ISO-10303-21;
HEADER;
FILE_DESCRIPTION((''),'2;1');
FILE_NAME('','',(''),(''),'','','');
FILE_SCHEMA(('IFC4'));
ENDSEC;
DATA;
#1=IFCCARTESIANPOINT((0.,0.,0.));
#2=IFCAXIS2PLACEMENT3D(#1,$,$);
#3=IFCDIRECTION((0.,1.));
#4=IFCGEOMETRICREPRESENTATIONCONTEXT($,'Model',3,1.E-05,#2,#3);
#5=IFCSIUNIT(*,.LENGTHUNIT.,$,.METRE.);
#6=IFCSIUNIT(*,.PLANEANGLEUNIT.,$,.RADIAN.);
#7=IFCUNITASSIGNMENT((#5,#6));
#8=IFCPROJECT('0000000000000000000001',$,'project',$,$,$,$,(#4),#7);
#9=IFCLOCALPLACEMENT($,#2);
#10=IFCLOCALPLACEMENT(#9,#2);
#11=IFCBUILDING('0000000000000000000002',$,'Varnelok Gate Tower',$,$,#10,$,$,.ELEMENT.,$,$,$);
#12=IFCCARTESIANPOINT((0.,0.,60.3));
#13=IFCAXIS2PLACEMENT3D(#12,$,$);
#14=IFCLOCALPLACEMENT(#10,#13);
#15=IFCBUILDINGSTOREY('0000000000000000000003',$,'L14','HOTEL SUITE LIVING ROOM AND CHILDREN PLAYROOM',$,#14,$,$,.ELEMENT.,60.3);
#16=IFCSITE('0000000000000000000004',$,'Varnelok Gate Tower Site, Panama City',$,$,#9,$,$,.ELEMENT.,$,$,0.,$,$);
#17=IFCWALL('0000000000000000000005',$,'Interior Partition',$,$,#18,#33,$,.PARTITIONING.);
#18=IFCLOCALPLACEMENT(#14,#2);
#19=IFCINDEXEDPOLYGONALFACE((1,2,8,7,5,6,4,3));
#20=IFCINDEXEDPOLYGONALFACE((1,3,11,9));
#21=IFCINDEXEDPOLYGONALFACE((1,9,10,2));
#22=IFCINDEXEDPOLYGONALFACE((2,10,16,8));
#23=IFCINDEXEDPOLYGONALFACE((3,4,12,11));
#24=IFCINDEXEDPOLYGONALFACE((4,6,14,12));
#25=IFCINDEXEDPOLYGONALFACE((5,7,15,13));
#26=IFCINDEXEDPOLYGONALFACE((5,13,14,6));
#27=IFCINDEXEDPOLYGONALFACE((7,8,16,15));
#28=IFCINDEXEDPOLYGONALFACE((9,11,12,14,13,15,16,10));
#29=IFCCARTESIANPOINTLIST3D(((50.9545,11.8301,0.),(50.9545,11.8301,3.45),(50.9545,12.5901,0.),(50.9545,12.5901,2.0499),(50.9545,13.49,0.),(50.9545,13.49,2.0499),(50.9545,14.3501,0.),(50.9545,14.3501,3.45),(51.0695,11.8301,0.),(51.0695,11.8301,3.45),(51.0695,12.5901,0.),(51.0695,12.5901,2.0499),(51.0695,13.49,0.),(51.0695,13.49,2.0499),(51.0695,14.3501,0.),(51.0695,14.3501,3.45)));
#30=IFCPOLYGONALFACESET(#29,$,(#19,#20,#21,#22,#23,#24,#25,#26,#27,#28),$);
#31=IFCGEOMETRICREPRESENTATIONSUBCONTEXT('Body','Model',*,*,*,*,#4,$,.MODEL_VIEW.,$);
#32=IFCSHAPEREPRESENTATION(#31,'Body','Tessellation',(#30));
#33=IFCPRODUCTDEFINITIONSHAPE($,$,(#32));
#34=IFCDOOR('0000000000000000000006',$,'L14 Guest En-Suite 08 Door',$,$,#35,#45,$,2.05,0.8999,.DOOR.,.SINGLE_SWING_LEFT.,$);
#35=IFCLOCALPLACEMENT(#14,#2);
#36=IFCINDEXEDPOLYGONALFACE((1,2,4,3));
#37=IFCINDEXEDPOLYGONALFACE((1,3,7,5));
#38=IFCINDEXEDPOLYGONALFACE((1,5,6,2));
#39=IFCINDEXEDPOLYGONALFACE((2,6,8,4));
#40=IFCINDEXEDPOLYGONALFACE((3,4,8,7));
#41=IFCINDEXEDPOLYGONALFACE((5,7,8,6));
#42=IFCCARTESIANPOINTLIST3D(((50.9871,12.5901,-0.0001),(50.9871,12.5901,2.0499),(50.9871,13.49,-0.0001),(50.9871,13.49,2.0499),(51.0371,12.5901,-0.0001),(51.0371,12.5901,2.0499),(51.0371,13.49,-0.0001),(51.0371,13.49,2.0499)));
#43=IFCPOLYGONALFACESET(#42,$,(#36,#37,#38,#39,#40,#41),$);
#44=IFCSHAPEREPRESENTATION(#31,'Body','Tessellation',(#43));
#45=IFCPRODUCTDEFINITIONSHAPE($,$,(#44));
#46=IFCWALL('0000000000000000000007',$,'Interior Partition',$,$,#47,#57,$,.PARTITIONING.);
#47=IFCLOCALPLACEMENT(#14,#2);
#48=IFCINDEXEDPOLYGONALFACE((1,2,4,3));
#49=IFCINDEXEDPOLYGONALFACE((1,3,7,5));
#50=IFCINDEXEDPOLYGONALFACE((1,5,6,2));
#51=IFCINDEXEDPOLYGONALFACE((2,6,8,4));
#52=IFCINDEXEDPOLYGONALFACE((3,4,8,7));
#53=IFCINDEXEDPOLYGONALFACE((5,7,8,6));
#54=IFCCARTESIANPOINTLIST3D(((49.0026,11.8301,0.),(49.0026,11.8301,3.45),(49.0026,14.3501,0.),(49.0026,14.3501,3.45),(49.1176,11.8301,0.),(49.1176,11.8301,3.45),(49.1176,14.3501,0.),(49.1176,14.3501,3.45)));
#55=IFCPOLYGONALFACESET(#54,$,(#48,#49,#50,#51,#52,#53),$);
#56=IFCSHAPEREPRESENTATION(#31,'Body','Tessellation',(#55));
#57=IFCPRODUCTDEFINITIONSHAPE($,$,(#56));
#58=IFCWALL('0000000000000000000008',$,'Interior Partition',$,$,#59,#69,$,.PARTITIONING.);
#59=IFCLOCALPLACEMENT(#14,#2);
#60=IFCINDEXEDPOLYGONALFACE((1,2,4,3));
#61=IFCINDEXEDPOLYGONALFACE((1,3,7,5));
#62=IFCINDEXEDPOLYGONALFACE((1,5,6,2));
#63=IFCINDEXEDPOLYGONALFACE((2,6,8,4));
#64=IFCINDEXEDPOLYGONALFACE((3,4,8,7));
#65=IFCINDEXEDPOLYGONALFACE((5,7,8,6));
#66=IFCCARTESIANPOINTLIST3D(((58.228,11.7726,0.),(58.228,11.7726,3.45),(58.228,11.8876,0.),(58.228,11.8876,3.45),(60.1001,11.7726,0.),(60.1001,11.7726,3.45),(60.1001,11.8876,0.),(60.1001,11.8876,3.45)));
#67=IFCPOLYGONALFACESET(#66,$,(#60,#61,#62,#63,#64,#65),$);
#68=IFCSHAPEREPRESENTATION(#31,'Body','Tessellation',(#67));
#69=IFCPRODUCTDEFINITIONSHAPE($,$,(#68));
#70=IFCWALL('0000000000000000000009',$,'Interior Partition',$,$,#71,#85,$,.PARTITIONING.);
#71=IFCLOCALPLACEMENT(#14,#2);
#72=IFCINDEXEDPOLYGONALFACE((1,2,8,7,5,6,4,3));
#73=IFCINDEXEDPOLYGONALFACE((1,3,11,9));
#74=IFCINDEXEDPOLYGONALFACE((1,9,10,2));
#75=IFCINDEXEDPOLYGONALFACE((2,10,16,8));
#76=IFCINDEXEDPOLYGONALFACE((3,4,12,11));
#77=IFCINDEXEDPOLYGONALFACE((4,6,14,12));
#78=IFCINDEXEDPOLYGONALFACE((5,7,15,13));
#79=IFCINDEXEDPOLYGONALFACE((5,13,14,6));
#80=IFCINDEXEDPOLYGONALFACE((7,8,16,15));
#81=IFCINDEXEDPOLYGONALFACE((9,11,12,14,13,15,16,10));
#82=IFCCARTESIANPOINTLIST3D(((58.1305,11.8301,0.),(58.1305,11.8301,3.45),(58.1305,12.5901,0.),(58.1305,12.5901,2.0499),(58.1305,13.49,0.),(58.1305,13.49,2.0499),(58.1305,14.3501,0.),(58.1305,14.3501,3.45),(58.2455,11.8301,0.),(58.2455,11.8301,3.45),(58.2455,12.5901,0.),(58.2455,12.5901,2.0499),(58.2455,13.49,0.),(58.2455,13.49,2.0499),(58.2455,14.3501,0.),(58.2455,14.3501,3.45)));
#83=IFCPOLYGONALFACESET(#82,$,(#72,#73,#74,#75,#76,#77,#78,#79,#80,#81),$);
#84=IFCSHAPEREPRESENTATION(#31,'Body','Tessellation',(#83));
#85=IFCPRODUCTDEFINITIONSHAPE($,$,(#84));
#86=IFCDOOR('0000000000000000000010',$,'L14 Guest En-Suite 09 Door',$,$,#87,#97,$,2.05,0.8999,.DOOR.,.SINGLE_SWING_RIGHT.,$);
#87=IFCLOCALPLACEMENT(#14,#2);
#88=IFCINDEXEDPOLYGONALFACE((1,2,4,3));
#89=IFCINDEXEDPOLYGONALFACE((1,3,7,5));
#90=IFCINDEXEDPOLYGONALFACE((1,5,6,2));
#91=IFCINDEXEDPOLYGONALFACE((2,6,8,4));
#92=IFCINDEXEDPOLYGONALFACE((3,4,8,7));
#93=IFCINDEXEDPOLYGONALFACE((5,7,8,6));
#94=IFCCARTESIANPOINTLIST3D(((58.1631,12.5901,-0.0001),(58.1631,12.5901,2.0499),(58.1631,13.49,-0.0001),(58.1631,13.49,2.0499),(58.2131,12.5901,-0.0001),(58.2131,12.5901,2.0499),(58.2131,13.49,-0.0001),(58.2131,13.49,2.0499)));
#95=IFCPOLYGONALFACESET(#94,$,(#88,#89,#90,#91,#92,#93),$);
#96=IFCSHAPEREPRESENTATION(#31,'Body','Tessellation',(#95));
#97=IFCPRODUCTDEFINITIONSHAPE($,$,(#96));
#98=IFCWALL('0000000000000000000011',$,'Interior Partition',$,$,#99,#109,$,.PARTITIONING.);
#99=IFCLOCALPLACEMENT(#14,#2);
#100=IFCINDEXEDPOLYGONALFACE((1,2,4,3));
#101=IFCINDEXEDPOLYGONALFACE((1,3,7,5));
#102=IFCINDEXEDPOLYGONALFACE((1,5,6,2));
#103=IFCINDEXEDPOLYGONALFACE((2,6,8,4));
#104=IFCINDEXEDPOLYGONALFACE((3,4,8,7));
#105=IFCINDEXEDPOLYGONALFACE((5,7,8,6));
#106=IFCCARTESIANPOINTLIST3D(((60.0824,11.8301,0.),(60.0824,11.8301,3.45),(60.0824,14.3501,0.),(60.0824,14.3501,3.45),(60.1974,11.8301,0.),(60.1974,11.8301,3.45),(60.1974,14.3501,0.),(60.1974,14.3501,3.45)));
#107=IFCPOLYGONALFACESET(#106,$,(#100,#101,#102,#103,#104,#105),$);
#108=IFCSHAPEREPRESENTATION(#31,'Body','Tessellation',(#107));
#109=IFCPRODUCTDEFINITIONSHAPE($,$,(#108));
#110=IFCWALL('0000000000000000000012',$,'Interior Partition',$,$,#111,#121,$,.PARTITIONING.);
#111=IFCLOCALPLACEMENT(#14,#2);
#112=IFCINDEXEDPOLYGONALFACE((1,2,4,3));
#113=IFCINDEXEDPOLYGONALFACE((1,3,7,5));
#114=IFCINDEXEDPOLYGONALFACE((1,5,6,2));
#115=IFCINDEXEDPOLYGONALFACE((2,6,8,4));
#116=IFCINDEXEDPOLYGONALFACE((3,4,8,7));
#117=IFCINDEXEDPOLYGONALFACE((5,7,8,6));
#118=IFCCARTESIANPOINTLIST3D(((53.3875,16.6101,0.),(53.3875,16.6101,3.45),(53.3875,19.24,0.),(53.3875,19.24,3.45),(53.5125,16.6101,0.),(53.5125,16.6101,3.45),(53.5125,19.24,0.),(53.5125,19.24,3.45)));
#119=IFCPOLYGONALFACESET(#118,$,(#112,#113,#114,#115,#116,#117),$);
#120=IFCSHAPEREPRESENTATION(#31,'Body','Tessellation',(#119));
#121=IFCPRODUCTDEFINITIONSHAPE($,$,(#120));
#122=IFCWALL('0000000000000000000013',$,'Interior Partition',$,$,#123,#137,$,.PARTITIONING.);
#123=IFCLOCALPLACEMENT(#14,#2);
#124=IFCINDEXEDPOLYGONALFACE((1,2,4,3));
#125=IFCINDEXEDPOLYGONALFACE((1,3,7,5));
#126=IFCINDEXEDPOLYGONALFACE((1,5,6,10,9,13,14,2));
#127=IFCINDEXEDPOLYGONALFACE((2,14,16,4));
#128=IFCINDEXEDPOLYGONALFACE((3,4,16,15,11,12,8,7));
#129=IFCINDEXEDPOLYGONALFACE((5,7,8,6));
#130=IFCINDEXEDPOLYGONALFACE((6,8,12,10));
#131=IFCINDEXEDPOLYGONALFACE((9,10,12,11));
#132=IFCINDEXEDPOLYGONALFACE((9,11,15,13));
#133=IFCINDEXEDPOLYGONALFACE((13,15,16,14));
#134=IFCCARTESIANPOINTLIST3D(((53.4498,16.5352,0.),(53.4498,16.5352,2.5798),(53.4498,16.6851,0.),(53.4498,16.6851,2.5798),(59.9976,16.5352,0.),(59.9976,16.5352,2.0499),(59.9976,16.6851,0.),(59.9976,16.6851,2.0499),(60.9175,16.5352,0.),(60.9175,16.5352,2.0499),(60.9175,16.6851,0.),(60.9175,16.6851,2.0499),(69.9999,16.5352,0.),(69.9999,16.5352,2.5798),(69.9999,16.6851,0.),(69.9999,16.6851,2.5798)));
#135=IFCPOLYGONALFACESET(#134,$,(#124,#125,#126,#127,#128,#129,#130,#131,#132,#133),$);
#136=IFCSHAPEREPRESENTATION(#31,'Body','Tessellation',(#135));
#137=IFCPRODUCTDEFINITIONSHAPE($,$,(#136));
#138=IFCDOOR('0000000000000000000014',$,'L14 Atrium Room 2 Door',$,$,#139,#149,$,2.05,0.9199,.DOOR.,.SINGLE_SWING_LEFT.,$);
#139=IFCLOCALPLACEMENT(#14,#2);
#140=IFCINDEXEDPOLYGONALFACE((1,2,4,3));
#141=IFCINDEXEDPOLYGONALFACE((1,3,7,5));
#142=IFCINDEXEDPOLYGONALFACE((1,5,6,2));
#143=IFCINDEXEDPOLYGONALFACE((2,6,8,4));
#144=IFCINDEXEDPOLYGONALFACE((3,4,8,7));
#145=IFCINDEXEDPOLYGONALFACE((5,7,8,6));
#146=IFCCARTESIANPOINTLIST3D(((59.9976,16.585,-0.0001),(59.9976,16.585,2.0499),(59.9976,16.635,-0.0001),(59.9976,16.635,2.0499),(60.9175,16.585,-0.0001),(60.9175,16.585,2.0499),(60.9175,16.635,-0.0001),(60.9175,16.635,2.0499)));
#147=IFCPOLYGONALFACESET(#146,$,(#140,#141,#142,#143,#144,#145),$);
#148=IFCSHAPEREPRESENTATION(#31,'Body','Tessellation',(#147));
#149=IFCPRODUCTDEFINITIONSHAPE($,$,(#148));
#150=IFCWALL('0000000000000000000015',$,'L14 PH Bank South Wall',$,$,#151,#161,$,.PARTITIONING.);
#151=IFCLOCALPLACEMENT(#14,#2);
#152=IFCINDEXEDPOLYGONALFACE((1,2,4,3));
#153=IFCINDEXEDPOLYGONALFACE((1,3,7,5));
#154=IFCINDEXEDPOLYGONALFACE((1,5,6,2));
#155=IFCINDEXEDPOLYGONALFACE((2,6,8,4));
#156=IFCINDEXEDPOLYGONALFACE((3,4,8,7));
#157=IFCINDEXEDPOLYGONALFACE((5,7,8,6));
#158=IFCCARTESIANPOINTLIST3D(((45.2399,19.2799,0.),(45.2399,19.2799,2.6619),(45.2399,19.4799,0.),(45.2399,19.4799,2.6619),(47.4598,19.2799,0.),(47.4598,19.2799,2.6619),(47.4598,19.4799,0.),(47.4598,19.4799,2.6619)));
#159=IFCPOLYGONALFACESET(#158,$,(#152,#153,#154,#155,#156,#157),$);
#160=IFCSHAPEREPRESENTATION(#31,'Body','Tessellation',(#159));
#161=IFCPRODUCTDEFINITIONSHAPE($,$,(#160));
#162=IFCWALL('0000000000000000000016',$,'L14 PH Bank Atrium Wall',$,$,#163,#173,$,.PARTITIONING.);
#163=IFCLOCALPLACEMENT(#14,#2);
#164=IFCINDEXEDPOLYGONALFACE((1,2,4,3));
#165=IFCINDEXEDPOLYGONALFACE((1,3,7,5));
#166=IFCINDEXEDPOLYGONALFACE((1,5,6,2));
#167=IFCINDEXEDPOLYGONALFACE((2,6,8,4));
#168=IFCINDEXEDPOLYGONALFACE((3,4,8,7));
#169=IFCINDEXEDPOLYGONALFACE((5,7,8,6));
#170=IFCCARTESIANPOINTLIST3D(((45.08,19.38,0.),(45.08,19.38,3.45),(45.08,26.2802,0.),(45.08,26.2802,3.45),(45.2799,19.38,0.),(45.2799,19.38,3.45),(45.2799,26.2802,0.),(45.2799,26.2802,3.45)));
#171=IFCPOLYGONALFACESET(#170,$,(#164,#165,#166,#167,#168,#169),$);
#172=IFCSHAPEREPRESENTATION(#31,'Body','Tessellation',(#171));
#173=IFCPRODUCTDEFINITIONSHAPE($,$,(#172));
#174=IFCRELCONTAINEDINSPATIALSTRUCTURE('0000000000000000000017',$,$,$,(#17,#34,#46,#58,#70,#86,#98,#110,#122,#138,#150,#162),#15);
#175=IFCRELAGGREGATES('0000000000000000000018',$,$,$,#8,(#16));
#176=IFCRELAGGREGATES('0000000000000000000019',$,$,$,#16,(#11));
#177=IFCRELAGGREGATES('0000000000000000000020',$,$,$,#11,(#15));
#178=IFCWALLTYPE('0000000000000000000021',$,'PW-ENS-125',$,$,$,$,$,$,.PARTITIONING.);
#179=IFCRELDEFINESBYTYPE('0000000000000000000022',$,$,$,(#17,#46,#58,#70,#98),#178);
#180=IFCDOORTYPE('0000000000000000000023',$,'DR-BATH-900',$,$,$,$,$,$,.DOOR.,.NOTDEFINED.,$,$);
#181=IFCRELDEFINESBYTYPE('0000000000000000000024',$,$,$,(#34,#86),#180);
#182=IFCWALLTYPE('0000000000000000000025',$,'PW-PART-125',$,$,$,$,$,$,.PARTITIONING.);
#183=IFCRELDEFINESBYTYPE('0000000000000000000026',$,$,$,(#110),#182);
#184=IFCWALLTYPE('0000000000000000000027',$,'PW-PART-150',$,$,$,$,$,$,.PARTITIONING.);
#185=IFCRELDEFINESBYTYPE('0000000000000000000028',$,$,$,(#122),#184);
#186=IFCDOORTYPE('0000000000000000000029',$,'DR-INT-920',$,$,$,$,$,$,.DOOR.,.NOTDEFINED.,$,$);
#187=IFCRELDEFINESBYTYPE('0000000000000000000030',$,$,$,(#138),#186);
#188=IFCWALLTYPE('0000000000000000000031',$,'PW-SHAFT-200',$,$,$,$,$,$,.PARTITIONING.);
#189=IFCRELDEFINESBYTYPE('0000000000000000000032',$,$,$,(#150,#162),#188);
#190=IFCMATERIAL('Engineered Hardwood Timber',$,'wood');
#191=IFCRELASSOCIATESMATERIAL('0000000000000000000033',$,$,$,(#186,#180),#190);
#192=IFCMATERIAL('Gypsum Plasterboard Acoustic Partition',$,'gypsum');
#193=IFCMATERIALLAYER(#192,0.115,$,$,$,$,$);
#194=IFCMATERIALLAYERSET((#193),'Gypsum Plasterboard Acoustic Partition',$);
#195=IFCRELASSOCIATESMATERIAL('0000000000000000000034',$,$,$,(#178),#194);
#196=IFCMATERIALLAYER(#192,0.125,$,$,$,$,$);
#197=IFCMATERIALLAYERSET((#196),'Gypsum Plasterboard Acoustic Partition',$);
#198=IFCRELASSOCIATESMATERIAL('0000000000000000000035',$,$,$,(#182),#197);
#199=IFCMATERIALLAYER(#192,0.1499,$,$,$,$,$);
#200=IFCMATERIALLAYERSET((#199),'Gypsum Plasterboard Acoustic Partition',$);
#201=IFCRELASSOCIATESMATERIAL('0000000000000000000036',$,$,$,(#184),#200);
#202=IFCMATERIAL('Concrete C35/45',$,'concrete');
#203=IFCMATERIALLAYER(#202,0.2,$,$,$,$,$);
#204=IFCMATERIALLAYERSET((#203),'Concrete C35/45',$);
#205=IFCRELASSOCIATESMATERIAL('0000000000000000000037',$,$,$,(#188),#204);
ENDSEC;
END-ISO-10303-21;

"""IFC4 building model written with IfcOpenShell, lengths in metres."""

from ifc_helpers import new_model, si_unit, direction, frame, frame_2d, origin, place, context, subcontext, project, spatial, rectangle, extrude, material, layer, layer_set, type_object, element, fill, save


model = new_model("IFC4")

# Units and contexts
model_context = context("Model", 3, precision=1e-05, world=origin(), true_north=direction((0.0, 1.0)))
body_context = subcontext(model_context, "Body", "Model", "MODEL_VIEW")
ifc_project = project(units=[si_unit("LENGTHUNIT", "METRE"), si_unit("PLANEANGLEUNIT", "RADIAN")], contexts=[model_context])

# Site, building, storey
site_placement = place(None, origin())
site = spatial("IfcSite", under=ifc_project, at=site_placement, Name="Varnelok Gate Tower Site, Panama City", CompositionType="ELEMENT", RefElevation=0.0)
building_placement = place(site_placement, origin())
building = spatial("IfcBuilding", under=site, at=building_placement, Name="Varnelok Gate Tower", CompositionType="ELEMENT")
storey_placement = place(building_placement, frame((0.0, 0.0, 60.3)))
storey = spatial("IfcBuildingStorey", under=building, at=storey_placement, Name="L14", Description="HOTEL SUITE LIVING ROOM AND CHILDREN PLAYROOM", CompositionType="ELEMENT", Elevation=60.3)

# Shared definitions
ifc_material_1 = material(Name="Gypsum Plasterboard Acoustic Partition", Category="gypsum")
ifc_material_2 = material(Name="Engineered Hardwood Timber", Category="wood")
door_type_1 = type_object("IfcDoorType", Name="DR-INT-920", OperationType="NOTDEFINED", PredefinedType="DOOR", material=ifc_material_2)

# Shared definitions
ifc_layer_1 = layer(ifc_material_1, 0.115)
ifc_layer_set_1 = layer_set([ifc_layer_1], Name="Gypsum Plasterboard Acoustic Partition")
wall_type_1 = type_object("IfcWallType", Name="PW-ENS-125", PredefinedType="PARTITIONING", material=ifc_layer_set_1)

# Wall, opening, door
wall_1_placement = place(storey_placement, frame((51.012, 11.8301, 0.0), z_axis=(0.0, 0.0, 1.0), x_axis=(0.0, 1.0, 0.0)))
wall_1 = element("IfcWall", 1, at=wall_1_placement, inside=storey, type_object=wall_type_1, Name="Interior Partition", PredefinedType="PARTITIONING", context=body_context, shape_type="SweptSolid", body=[
    extrude(rectangle(XDim=2.52, YDim=0.115, at=frame_2d((1.26, 0.0))), origin(), (0.0, 0.0, 1.0), 3.45),
])
opening_1_placement = place(wall_1_placement, frame((0.76, 0.0, 0.0)))
opening_1 = element("IfcOpeningElement", 2, at=opening_1_placement, cuts=wall_1, PredefinedType="OPENING", context=body_context, shape_type="SweptSolid", body=[
    extrude(rectangle(XDim=0.8999, YDim=2.05, at=frame_2d((0.45, 1.0249))), frame((0.0, 0.0674, 0.0), z_axis=(0.0, -1.0, 0.0), x_axis=(1.0, 0.0, 0.0)), (0.0, 0.0, 1.0), 0.135),
])
door_type_2 = type_object("IfcDoorType", Name="DR-BATH-900", OperationType="NOTDEFINED", PredefinedType="DOOR", material=ifc_material_2)
door_1_placement = place(opening_1_placement, origin())
door_1 = element("IfcDoor", 3, at=door_1_placement, inside=storey, type_object=door_type_2, Name="L14 Guest En-Suite 08 Door", OperationType="SINGLE_SWING_LEFT", OverallHeight=2.05, OverallWidth=0.8999, PredefinedType="DOOR", context=body_context, shape_type="SweptSolid", body=[
    extrude(rectangle(XDim=0.8999, YDim=2.05, at=frame_2d((0.45, 1.0249))), frame((0.0, 0.0249, 0.0), z_axis=(0.0, -1.0, 0.0), x_axis=(1.0, 0.0, 0.0)), (0.0, 0.0, 1.0), 0.05),
])
fill(opening_1, door_1)

# Walls
wall_2_placement = place(storey_placement, frame((49.0601, 11.8301, 0.0), z_axis=(0.0, 0.0, 1.0), x_axis=(0.0, 1.0, 0.0)))
element("IfcWall", 4, at=wall_2_placement, inside=storey, type_object=wall_type_1, Name="Interior Partition", PredefinedType="PARTITIONING", context=body_context, shape_type="SweptSolid", body=[
    extrude(rectangle(XDim=2.52, YDim=0.115, at=frame_2d((1.26, 0.0))), origin(), (0.0, 0.0, 1.0), 3.45),
])
wall_3_placement = place(storey_placement, frame((58.228, 11.8301, 0.0), z_axis=(0.0, 0.0, 1.0), x_axis=(1.0, 0.0, 0.0)))
element("IfcWall", 5, at=wall_3_placement, inside=storey, type_object=wall_type_1, Name="Interior Partition", PredefinedType="PARTITIONING", context=body_context, shape_type="SweptSolid", body=[
    extrude(rectangle(XDim=1.8721, YDim=0.115, at=frame_2d((0.936, 0.0))), origin(), (0.0, 0.0, 1.0), 3.45),
])

# Wall, opening, door
wall_4_placement = place(storey_placement, frame((58.188, 11.8301, 0.0), z_axis=(0.0, 0.0, 1.0), x_axis=(0.0, 1.0, 0.0)))
wall_4 = element("IfcWall", 6, at=wall_4_placement, inside=storey, type_object=wall_type_1, Name="Interior Partition", PredefinedType="PARTITIONING", context=body_context, shape_type="SweptSolid", body=[
    extrude(rectangle(XDim=2.52, YDim=0.115, at=frame_2d((1.26, 0.0))), origin(), (0.0, 0.0, 1.0), 3.45),
])
opening_2_placement = place(wall_4_placement, frame((0.76, 0.0, 0.0)))
opening_2 = element("IfcOpeningElement", 7, at=opening_2_placement, cuts=wall_4, PredefinedType="OPENING", context=body_context, shape_type="SweptSolid", body=[
    extrude(rectangle(XDim=0.8999, YDim=2.05, at=frame_2d((0.45, 1.0249))), frame((0.0, 0.0674, 0.0), z_axis=(0.0, -1.0, 0.0), x_axis=(1.0, 0.0, 0.0)), (0.0, 0.0, 1.0), 0.135),
])
door_2_placement = place(opening_2_placement, origin())
door_2 = element("IfcDoor", 8, at=door_2_placement, inside=storey, type_object=door_type_2, Name="L14 Guest En-Suite 09 Door", OperationType="SINGLE_SWING_RIGHT", OverallHeight=2.05, OverallWidth=0.8999, PredefinedType="DOOR", context=body_context, shape_type="SweptSolid", body=[
    extrude(rectangle(XDim=0.8999, YDim=2.05, at=frame_2d((0.45, 1.0249))), frame((0.0, 0.0249, 0.0), z_axis=(0.0, -1.0, 0.0), x_axis=(1.0, 0.0, 0.0)), (0.0, 0.0, 1.0), 0.05),
])
fill(opening_2, door_2)

# Walls
wall_5_placement = place(storey_placement, frame((60.1399, 11.8301, 0.0), z_axis=(0.0, 0.0, 1.0), x_axis=(0.0, 1.0, 0.0)))
element("IfcWall", 9, at=wall_5_placement, inside=storey, type_object=wall_type_1, Name="Interior Partition", PredefinedType="PARTITIONING", context=body_context, shape_type="SweptSolid", body=[
    extrude(rectangle(XDim=2.52, YDim=0.115, at=frame_2d((1.26, 0.0))), origin(), (0.0, 0.0, 1.0), 3.45),
])
ifc_layer_2 = layer(ifc_material_1, 0.125)
ifc_layer_set_2 = layer_set([ifc_layer_2], Name="Gypsum Plasterboard Acoustic Partition")
wall_type_2 = type_object("IfcWallType", Name="PW-PART-125", PredefinedType="PARTITIONING", material=ifc_layer_set_2)
wall_6_placement = place(storey_placement, frame((53.45, 16.6101, 0.0), z_axis=(0.0, 0.0, 1.0), x_axis=(0.0, 1.0, 0.0)))
element("IfcWall", 10, at=wall_6_placement, inside=storey, type_object=wall_type_2, Name="Interior Partition", PredefinedType="PARTITIONING", context=body_context, shape_type="SweptSolid", body=[
    extrude(rectangle(XDim=2.6299, YDim=0.125, at=frame_2d((1.3149, 0.0))), origin(), (0.0, 0.0, 1.0), 3.45),
])

# Wall, opening, door
ifc_layer_3 = layer(ifc_material_1, 0.1499)
ifc_layer_set_3 = layer_set([ifc_layer_3], Name="Gypsum Plasterboard Acoustic Partition")
wall_type_3 = type_object("IfcWallType", Name="PW-PART-150", PredefinedType="PARTITIONING", material=ifc_layer_set_3)
wall_7_placement = place(storey_placement, frame((53.45, 16.6101, 0.0), z_axis=(0.0, 0.0, 1.0), x_axis=(1.0, 0.0, 0.0)))
wall_7 = element("IfcWall", 11, at=wall_7_placement, inside=storey, type_object=wall_type_3, Name="Interior Partition", PredefinedType="PARTITIONING", context=body_context, shape_type="SweptSolid", body=[
    extrude(rectangle(XDim=16.55, YDim=0.1499, at=frame_2d((8.2749, 0.0))), origin(), (0.0, 0.0, 1.0), 2.5798),
])
opening_3_placement = place(wall_7_placement, frame((6.5476, 0.0, 0.0)))
opening_3 = element("IfcOpeningElement", 12, at=opening_3_placement, cuts=wall_7, PredefinedType="OPENING", context=body_context, shape_type="SweptSolid", body=[
    extrude(rectangle(XDim=0.9199, YDim=2.05, at=frame_2d((0.46, 1.0249))), frame((0.0, 0.085, 0.0), z_axis=(0.0, -1.0, 0.0), x_axis=(1.0, 0.0, 0.0)), (0.0, 0.0, 1.0), 0.1699),
])
door_3_placement = place(opening_3_placement, origin())
door_3 = element("IfcDoor", 13, at=door_3_placement, inside=storey, type_object=door_type_1, Name="L14 Atrium Room 2 Door", OperationType="SINGLE_SWING_LEFT", OverallHeight=2.05, OverallWidth=0.9199, PredefinedType="DOOR", context=body_context, shape_type="SweptSolid", body=[
    extrude(rectangle(XDim=0.9199, YDim=2.05, at=frame_2d((0.46, 1.0249))), frame((0.0, 0.0249, 0.0), z_axis=(0.0, -1.0, 0.0), x_axis=(1.0, 0.0, 0.0)), (0.0, 0.0, 1.0), 0.05),
])
fill(opening_3, door_3)

# Walls
ifc_material_3 = material(Name="Concrete C35/45", Category="concrete")
ifc_layer_4 = layer(ifc_material_3, 0.2)
ifc_layer_set_4 = layer_set([ifc_layer_4], Name="Concrete C35/45")
wall_type_4 = type_object("IfcWallType", Name="PW-SHAFT-200", PredefinedType="PARTITIONING", material=ifc_layer_set_4)
wall_8_placement = place(storey_placement, frame((45.24, 19.3799, 0.0), z_axis=(0.0, 0.0, 1.0), x_axis=(1.0, 0.0, 0.0)))
element("IfcWall", 14, at=wall_8_placement, inside=storey, type_object=wall_type_4, Name="L14 PH Bank South Wall", PredefinedType="PARTITIONING", context=body_context, shape_type="SweptSolid", body=[
    extrude(rectangle(XDim=2.22, YDim=0.2, at=frame_2d((1.1099, 0.0))), origin(), (0.0, 0.0, 1.0), 2.6619),
])
for number, where, z_axis, x_axis, name in (
    (15, (45.1799, 19.3799, 0.0), (0.0, 0.0, 1.0), (0.0, 1.0, 0.0), "L14 PH Bank Atrium Wall"),
):
    element("IfcWall", number, at=place(storey_placement, frame(where, z_axis=z_axis, x_axis=x_axis)), inside=storey, type_object=wall_type_4, Name=name, PredefinedType="PARTITIONING", context=body_context, shape_type="SweptSolid", body=[
        extrude(rectangle(XDim=6.9001, YDim=0.2, at=frame_2d((3.4502, 0.0))), origin(), (0.0, 0.0, 1.0), 3.45),
    ])

save(model, "model.ifc")
